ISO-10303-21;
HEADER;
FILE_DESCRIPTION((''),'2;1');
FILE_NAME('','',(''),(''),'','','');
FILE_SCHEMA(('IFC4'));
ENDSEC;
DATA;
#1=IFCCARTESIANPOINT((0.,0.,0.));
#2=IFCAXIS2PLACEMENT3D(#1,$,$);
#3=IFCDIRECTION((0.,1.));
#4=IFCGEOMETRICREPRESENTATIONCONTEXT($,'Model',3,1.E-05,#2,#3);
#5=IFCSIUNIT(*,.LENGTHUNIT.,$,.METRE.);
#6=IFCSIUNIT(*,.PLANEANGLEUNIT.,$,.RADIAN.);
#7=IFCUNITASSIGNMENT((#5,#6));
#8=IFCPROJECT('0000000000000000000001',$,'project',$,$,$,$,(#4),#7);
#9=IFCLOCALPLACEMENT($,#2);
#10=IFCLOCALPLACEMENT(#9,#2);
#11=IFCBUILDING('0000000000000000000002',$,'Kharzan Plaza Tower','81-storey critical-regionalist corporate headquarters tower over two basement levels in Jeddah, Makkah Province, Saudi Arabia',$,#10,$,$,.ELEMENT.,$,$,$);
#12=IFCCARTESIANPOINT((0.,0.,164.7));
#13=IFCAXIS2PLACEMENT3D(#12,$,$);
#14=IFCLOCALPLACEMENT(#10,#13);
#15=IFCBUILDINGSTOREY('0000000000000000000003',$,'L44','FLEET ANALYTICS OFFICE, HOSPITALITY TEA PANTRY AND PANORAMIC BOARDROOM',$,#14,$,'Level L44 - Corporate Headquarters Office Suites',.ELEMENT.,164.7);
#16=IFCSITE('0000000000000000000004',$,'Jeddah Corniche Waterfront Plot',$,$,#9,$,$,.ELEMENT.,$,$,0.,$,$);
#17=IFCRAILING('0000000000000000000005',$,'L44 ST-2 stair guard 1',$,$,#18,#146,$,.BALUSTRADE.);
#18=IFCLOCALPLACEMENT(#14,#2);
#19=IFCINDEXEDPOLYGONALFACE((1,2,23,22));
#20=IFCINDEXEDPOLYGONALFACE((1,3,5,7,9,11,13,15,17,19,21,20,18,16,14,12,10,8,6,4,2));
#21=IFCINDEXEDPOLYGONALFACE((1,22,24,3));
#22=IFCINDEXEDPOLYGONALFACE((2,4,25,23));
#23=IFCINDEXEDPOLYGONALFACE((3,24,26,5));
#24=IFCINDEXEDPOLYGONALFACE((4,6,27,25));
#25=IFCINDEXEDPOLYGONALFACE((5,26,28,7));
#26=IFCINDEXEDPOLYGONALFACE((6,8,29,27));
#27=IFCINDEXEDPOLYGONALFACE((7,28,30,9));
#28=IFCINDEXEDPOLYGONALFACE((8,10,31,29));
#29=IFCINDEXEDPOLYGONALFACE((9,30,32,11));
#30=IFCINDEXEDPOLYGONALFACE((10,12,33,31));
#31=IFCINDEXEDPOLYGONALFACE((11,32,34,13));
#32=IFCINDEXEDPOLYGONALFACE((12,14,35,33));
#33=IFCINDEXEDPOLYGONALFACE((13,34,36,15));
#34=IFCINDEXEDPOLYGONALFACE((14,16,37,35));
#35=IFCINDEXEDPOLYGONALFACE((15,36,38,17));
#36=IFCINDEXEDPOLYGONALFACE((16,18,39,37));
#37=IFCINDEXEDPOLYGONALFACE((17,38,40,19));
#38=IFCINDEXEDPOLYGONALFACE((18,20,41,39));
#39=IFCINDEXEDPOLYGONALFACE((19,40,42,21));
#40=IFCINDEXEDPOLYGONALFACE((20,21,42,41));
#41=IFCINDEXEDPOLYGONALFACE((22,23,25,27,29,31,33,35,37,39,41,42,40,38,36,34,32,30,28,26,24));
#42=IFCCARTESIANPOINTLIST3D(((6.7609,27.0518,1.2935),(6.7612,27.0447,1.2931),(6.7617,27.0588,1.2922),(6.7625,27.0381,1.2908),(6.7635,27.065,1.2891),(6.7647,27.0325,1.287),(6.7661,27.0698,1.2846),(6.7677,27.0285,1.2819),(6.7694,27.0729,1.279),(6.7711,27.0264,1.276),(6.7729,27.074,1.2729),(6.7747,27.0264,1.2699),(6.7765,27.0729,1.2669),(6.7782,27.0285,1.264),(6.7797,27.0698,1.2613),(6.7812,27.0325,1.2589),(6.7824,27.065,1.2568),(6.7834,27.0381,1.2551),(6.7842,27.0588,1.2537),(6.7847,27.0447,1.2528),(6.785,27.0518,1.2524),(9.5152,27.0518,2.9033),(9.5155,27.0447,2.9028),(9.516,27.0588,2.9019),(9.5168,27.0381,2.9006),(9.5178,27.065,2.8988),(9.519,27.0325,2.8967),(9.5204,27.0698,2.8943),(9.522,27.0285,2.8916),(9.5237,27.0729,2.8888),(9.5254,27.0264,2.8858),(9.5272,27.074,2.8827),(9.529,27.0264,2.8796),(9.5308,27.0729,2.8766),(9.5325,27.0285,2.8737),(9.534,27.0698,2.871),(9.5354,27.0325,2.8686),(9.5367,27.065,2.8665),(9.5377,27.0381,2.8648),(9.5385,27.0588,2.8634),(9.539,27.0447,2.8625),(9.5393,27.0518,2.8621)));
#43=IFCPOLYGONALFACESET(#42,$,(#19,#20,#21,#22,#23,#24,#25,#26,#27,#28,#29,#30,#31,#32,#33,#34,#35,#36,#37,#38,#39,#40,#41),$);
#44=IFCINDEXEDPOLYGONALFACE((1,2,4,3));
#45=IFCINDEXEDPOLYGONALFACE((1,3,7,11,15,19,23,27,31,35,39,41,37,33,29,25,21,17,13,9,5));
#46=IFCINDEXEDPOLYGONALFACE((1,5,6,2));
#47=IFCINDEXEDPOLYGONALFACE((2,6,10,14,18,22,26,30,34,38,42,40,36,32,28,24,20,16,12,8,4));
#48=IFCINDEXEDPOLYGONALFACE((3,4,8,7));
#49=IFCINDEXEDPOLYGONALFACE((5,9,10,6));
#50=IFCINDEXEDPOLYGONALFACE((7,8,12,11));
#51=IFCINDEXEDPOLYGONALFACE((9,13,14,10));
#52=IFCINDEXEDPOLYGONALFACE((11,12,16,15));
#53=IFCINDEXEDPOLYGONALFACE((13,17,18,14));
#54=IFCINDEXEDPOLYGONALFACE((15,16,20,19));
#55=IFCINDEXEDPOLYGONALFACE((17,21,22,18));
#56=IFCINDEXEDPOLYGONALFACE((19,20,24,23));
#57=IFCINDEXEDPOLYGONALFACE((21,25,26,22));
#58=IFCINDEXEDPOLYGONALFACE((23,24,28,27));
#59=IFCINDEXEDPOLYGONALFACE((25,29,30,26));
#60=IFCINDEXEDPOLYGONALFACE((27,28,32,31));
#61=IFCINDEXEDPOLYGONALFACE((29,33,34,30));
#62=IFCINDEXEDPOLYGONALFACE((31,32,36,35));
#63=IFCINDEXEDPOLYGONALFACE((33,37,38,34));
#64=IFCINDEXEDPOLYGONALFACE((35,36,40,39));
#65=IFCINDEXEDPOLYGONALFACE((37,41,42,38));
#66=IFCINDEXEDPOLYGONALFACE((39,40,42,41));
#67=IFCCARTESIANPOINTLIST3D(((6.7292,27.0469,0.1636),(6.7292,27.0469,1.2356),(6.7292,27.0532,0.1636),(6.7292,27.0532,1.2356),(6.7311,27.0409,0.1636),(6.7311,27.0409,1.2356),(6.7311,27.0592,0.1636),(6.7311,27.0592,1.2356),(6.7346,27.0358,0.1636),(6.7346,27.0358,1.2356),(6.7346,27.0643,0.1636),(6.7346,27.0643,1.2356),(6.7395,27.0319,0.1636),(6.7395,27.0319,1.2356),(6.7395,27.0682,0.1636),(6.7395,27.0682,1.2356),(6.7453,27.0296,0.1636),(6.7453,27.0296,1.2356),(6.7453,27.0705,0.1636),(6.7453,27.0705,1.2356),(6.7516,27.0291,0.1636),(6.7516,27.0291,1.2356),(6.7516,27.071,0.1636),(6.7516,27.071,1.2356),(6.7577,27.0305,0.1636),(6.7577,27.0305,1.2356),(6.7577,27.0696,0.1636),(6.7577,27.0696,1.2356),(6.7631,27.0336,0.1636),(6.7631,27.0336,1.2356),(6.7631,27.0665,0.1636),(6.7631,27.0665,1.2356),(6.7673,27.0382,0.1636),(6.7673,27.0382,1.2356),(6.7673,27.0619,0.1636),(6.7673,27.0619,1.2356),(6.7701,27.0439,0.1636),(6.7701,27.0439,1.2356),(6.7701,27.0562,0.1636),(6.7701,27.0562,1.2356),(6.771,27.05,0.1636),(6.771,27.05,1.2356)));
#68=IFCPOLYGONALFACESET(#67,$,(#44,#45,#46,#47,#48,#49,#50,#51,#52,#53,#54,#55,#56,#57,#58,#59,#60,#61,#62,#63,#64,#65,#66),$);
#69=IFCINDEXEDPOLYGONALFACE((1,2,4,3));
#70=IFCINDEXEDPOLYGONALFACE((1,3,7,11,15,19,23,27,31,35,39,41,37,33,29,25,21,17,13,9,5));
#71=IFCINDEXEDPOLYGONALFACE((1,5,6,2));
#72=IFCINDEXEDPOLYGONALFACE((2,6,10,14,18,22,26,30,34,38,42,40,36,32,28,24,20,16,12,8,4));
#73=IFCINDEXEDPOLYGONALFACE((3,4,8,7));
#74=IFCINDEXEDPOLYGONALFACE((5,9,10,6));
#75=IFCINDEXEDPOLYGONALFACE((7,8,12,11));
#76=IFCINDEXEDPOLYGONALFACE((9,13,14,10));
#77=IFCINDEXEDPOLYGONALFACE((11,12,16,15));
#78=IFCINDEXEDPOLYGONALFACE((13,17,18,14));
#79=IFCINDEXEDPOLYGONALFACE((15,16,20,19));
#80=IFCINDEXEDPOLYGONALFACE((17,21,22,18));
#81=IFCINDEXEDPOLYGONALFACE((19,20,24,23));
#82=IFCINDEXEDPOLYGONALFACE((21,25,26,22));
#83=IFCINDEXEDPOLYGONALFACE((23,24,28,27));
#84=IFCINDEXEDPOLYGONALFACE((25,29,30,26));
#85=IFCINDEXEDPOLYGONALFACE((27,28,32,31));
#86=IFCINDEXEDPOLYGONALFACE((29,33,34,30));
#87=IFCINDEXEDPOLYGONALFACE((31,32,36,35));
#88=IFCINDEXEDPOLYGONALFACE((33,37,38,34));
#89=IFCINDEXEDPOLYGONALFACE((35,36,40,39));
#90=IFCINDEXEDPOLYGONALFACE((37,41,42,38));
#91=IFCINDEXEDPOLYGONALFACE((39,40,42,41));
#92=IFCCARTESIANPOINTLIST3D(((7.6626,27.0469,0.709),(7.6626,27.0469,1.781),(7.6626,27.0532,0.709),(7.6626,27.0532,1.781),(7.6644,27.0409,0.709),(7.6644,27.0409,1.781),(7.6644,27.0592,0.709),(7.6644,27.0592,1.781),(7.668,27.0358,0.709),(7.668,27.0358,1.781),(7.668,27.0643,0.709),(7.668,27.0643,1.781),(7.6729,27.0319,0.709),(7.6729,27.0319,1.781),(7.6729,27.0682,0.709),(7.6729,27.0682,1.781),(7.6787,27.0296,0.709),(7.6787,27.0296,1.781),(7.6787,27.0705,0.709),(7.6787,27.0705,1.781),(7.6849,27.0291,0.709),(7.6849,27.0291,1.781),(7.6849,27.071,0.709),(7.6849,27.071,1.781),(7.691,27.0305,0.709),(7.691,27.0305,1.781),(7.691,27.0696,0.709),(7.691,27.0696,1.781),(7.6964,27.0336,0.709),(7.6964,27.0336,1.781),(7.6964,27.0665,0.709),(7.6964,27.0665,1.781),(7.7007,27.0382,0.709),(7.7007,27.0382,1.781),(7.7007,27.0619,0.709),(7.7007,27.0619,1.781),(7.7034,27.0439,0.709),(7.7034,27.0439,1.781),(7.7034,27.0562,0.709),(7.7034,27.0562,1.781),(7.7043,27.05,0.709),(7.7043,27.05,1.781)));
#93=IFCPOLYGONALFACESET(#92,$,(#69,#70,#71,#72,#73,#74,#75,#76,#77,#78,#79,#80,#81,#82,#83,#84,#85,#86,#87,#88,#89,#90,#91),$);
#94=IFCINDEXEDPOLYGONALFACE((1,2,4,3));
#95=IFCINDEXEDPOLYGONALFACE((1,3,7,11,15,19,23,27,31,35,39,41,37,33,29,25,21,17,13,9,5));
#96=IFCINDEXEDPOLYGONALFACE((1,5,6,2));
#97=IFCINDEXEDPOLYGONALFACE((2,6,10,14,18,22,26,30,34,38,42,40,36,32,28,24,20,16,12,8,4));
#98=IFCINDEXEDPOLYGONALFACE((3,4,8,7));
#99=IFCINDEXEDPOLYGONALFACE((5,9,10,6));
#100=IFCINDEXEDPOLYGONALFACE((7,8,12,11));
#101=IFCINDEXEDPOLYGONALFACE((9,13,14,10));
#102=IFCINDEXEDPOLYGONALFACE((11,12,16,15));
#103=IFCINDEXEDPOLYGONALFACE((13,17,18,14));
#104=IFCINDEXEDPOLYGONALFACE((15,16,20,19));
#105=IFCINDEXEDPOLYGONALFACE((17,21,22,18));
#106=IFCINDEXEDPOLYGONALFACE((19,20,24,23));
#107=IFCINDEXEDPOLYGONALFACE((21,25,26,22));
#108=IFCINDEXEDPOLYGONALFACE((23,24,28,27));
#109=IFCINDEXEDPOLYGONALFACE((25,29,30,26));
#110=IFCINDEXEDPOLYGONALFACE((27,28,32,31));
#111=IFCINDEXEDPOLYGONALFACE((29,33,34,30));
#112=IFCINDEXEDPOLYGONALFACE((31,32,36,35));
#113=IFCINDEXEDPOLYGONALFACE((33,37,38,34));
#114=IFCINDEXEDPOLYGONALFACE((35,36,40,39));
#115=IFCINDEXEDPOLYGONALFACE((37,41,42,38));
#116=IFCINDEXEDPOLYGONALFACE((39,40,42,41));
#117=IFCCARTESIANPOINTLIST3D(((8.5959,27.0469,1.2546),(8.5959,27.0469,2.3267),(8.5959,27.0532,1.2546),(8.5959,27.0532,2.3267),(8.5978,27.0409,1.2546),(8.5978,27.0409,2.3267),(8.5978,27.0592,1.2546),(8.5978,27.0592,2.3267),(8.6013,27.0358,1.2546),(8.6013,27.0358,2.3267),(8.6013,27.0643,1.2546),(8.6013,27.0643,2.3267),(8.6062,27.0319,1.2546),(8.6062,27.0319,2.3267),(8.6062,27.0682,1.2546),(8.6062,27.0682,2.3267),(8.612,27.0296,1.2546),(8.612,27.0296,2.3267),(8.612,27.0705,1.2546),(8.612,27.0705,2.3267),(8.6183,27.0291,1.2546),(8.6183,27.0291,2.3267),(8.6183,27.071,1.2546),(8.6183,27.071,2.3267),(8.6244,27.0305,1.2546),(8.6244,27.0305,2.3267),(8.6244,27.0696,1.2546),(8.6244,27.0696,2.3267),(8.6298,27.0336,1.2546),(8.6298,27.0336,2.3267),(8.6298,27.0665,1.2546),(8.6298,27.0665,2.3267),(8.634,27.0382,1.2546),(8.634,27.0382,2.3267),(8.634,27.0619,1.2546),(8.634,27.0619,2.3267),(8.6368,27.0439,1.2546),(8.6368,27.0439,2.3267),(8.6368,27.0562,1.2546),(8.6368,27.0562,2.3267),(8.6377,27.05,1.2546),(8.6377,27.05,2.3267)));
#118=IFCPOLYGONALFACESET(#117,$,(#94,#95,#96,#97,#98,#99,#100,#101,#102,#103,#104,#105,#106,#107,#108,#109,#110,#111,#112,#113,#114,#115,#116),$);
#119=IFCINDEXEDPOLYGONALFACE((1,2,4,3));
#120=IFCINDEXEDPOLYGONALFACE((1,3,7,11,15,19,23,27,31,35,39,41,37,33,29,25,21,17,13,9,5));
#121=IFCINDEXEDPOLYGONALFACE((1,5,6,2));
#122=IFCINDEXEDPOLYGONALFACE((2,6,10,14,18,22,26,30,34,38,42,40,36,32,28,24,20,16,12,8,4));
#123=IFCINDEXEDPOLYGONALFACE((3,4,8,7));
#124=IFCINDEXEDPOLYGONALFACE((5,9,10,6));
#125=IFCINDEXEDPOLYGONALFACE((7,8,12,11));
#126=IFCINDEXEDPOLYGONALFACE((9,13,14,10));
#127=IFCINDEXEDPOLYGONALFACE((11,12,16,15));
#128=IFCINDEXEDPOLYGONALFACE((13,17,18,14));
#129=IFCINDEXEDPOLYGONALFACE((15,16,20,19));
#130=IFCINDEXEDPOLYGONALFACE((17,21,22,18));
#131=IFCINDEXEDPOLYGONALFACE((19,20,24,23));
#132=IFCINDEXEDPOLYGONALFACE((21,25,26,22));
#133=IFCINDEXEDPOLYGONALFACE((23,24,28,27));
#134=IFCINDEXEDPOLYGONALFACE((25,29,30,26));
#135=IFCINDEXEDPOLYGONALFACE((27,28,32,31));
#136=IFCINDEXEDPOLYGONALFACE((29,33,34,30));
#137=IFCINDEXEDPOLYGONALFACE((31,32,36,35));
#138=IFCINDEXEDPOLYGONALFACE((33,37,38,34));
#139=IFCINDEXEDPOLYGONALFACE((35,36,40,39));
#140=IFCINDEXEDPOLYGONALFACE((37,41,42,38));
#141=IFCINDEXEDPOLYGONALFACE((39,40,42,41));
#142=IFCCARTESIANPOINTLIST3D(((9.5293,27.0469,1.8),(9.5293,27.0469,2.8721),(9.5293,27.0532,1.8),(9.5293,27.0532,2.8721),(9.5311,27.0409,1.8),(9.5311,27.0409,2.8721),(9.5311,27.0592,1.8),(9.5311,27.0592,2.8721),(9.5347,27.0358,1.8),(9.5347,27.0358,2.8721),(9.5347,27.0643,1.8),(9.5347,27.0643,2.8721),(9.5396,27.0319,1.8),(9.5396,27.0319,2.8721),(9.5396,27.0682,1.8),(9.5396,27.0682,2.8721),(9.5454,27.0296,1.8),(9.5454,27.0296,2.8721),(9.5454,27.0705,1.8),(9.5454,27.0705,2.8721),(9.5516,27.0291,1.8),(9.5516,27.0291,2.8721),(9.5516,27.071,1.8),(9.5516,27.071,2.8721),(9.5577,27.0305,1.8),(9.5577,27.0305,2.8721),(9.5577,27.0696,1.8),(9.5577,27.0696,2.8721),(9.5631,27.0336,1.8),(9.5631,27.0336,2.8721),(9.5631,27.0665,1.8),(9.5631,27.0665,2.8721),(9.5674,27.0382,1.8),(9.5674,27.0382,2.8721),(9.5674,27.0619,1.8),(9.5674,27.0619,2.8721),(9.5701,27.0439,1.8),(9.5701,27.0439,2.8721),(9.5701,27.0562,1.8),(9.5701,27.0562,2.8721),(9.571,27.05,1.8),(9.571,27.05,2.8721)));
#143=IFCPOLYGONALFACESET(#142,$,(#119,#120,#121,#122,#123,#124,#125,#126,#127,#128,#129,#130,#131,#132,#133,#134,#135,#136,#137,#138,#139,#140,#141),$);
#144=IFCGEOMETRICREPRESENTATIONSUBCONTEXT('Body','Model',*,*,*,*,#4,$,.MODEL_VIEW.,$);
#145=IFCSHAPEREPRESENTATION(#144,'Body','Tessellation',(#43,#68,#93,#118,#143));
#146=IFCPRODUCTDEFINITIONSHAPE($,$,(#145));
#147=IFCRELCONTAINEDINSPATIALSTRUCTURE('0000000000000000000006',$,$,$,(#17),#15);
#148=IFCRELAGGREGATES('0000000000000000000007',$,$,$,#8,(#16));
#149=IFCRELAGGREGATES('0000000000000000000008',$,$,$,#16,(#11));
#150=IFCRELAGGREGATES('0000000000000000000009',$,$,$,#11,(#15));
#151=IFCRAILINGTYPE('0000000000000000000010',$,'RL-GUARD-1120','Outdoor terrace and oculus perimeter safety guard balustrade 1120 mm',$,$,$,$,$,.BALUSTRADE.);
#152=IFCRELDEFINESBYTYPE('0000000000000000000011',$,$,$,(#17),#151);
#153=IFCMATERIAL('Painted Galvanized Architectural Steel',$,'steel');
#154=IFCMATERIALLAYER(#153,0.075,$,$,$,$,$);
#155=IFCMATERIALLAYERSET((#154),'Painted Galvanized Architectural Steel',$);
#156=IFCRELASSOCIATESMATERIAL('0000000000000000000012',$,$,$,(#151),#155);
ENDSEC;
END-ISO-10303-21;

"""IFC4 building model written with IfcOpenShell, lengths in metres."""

from ifc_helpers import new_model, si_unit, direction, frame, origin, origin_2d, place, context, subcontext, project, spatial, circle, extrude, source, transform, mapped, material, layer, layer_set, type_object, element, save


model = new_model("IFC4")

# Units and contexts
model_context = context("Model", 3, precision=1e-05, world=origin(), true_north=direction((0.0, 1.0)))
body_context = subcontext(model_context, "Body", "Model", "MODEL_VIEW")
ifc_project = project(units=[si_unit("LENGTHUNIT", "METRE"), si_unit("PLANEANGLEUNIT", "RADIAN")], contexts=[model_context])

# Site, building, storey
site_placement = place(None, origin())
site = spatial("IfcSite", under=ifc_project, at=site_placement, Name="Jeddah Corniche Waterfront Plot", CompositionType="ELEMENT", RefElevation=0.0)
building_placement = place(site_placement, origin())
building = spatial("IfcBuilding", under=site, at=building_placement, Name="Kharzan Plaza Tower", Description="81-storey critical-regionalist corporate headquarters tower over two basement levels in Jeddah, Makkah Province, Saudi Arabia", CompositionType="ELEMENT")
storey_placement = place(building_placement, frame((0.0, 0.0, 164.7)))
storey = spatial("IfcBuildingStorey", under=building, at=storey_placement, Name="L44", Description="FLEET ANALYTICS OFFICE, HOSPITALITY TEA PANTRY AND PANORAMIC BOARDROOM", LongName="Level L44 - Corporate Headquarters Office Suites", CompositionType="ELEMENT", Elevation=164.7)

# Railing
ifc_material_1 = material(Name="Painted Galvanized Architectural Steel", Category="steel")
ifc_layer_1 = layer(ifc_material_1, 0.075)
ifc_layer_set_1 = layer_set([ifc_layer_1], Name="Painted Galvanized Architectural Steel")
railing_type_1 = type_object("IfcRailingType", Name="RL-GUARD-1120", Description="Outdoor terrace and oculus perimeter safety guard balustrade 1120 mm", PredefinedType="BALUSTRADE", material=ifc_layer_set_1)
shared_shape_1 = source(origin(), body_context, "Body", "SweptSolid", [
    extrude(circle(Radius=0.0239, at=origin_2d()), frame((0.0229, 0.0, 1.1094), z_axis=(0.863361, 0.0, 0.504587), x_axis=(0.0, 1.0, 0.0)), (0.0, 0.0, 1.0), 3.1902),
    extrude(circle(Radius=0.021, at=origin_2d()), origin(), (0.0, 0.0, 1.0), 1.072),
    extrude(circle(Radius=0.021, at=origin_2d()), frame((0.9333, 0.0, 0.5454)), (0.0, 0.0, 1.0), 1.072),
    extrude(circle(Radius=0.021, at=origin_2d()), frame((1.8667, 0.0, 1.0911)), (0.0, 0.0, 1.0), 1.072),
    extrude(circle(Radius=0.021, at=origin_2d()), frame((2.8, 0.0, 1.6365)), (0.0, 0.0, 1.0), 1.072),
])
railing_1_placement = place(storey_placement, frame((6.75, 27.05, 0.1636)))
element("IfcRailing", 1, at=railing_1_placement, inside=storey, type_object=railing_type_1, Name="L44 ST-2 stair guard 1", PredefinedType="BALUSTRADE", context=body_context, shape_type="MappedRepresentation", body=[
    mapped(shared_shape_1, transform((0.0, 0.0, 0.0), x_axis=(1.0, 0.0, 0.0), y_axis=(0.0, 1.0, 0.0), z_axis=(0.0, 0.0, 1.0))),
])

save(model, "model.ifc")
